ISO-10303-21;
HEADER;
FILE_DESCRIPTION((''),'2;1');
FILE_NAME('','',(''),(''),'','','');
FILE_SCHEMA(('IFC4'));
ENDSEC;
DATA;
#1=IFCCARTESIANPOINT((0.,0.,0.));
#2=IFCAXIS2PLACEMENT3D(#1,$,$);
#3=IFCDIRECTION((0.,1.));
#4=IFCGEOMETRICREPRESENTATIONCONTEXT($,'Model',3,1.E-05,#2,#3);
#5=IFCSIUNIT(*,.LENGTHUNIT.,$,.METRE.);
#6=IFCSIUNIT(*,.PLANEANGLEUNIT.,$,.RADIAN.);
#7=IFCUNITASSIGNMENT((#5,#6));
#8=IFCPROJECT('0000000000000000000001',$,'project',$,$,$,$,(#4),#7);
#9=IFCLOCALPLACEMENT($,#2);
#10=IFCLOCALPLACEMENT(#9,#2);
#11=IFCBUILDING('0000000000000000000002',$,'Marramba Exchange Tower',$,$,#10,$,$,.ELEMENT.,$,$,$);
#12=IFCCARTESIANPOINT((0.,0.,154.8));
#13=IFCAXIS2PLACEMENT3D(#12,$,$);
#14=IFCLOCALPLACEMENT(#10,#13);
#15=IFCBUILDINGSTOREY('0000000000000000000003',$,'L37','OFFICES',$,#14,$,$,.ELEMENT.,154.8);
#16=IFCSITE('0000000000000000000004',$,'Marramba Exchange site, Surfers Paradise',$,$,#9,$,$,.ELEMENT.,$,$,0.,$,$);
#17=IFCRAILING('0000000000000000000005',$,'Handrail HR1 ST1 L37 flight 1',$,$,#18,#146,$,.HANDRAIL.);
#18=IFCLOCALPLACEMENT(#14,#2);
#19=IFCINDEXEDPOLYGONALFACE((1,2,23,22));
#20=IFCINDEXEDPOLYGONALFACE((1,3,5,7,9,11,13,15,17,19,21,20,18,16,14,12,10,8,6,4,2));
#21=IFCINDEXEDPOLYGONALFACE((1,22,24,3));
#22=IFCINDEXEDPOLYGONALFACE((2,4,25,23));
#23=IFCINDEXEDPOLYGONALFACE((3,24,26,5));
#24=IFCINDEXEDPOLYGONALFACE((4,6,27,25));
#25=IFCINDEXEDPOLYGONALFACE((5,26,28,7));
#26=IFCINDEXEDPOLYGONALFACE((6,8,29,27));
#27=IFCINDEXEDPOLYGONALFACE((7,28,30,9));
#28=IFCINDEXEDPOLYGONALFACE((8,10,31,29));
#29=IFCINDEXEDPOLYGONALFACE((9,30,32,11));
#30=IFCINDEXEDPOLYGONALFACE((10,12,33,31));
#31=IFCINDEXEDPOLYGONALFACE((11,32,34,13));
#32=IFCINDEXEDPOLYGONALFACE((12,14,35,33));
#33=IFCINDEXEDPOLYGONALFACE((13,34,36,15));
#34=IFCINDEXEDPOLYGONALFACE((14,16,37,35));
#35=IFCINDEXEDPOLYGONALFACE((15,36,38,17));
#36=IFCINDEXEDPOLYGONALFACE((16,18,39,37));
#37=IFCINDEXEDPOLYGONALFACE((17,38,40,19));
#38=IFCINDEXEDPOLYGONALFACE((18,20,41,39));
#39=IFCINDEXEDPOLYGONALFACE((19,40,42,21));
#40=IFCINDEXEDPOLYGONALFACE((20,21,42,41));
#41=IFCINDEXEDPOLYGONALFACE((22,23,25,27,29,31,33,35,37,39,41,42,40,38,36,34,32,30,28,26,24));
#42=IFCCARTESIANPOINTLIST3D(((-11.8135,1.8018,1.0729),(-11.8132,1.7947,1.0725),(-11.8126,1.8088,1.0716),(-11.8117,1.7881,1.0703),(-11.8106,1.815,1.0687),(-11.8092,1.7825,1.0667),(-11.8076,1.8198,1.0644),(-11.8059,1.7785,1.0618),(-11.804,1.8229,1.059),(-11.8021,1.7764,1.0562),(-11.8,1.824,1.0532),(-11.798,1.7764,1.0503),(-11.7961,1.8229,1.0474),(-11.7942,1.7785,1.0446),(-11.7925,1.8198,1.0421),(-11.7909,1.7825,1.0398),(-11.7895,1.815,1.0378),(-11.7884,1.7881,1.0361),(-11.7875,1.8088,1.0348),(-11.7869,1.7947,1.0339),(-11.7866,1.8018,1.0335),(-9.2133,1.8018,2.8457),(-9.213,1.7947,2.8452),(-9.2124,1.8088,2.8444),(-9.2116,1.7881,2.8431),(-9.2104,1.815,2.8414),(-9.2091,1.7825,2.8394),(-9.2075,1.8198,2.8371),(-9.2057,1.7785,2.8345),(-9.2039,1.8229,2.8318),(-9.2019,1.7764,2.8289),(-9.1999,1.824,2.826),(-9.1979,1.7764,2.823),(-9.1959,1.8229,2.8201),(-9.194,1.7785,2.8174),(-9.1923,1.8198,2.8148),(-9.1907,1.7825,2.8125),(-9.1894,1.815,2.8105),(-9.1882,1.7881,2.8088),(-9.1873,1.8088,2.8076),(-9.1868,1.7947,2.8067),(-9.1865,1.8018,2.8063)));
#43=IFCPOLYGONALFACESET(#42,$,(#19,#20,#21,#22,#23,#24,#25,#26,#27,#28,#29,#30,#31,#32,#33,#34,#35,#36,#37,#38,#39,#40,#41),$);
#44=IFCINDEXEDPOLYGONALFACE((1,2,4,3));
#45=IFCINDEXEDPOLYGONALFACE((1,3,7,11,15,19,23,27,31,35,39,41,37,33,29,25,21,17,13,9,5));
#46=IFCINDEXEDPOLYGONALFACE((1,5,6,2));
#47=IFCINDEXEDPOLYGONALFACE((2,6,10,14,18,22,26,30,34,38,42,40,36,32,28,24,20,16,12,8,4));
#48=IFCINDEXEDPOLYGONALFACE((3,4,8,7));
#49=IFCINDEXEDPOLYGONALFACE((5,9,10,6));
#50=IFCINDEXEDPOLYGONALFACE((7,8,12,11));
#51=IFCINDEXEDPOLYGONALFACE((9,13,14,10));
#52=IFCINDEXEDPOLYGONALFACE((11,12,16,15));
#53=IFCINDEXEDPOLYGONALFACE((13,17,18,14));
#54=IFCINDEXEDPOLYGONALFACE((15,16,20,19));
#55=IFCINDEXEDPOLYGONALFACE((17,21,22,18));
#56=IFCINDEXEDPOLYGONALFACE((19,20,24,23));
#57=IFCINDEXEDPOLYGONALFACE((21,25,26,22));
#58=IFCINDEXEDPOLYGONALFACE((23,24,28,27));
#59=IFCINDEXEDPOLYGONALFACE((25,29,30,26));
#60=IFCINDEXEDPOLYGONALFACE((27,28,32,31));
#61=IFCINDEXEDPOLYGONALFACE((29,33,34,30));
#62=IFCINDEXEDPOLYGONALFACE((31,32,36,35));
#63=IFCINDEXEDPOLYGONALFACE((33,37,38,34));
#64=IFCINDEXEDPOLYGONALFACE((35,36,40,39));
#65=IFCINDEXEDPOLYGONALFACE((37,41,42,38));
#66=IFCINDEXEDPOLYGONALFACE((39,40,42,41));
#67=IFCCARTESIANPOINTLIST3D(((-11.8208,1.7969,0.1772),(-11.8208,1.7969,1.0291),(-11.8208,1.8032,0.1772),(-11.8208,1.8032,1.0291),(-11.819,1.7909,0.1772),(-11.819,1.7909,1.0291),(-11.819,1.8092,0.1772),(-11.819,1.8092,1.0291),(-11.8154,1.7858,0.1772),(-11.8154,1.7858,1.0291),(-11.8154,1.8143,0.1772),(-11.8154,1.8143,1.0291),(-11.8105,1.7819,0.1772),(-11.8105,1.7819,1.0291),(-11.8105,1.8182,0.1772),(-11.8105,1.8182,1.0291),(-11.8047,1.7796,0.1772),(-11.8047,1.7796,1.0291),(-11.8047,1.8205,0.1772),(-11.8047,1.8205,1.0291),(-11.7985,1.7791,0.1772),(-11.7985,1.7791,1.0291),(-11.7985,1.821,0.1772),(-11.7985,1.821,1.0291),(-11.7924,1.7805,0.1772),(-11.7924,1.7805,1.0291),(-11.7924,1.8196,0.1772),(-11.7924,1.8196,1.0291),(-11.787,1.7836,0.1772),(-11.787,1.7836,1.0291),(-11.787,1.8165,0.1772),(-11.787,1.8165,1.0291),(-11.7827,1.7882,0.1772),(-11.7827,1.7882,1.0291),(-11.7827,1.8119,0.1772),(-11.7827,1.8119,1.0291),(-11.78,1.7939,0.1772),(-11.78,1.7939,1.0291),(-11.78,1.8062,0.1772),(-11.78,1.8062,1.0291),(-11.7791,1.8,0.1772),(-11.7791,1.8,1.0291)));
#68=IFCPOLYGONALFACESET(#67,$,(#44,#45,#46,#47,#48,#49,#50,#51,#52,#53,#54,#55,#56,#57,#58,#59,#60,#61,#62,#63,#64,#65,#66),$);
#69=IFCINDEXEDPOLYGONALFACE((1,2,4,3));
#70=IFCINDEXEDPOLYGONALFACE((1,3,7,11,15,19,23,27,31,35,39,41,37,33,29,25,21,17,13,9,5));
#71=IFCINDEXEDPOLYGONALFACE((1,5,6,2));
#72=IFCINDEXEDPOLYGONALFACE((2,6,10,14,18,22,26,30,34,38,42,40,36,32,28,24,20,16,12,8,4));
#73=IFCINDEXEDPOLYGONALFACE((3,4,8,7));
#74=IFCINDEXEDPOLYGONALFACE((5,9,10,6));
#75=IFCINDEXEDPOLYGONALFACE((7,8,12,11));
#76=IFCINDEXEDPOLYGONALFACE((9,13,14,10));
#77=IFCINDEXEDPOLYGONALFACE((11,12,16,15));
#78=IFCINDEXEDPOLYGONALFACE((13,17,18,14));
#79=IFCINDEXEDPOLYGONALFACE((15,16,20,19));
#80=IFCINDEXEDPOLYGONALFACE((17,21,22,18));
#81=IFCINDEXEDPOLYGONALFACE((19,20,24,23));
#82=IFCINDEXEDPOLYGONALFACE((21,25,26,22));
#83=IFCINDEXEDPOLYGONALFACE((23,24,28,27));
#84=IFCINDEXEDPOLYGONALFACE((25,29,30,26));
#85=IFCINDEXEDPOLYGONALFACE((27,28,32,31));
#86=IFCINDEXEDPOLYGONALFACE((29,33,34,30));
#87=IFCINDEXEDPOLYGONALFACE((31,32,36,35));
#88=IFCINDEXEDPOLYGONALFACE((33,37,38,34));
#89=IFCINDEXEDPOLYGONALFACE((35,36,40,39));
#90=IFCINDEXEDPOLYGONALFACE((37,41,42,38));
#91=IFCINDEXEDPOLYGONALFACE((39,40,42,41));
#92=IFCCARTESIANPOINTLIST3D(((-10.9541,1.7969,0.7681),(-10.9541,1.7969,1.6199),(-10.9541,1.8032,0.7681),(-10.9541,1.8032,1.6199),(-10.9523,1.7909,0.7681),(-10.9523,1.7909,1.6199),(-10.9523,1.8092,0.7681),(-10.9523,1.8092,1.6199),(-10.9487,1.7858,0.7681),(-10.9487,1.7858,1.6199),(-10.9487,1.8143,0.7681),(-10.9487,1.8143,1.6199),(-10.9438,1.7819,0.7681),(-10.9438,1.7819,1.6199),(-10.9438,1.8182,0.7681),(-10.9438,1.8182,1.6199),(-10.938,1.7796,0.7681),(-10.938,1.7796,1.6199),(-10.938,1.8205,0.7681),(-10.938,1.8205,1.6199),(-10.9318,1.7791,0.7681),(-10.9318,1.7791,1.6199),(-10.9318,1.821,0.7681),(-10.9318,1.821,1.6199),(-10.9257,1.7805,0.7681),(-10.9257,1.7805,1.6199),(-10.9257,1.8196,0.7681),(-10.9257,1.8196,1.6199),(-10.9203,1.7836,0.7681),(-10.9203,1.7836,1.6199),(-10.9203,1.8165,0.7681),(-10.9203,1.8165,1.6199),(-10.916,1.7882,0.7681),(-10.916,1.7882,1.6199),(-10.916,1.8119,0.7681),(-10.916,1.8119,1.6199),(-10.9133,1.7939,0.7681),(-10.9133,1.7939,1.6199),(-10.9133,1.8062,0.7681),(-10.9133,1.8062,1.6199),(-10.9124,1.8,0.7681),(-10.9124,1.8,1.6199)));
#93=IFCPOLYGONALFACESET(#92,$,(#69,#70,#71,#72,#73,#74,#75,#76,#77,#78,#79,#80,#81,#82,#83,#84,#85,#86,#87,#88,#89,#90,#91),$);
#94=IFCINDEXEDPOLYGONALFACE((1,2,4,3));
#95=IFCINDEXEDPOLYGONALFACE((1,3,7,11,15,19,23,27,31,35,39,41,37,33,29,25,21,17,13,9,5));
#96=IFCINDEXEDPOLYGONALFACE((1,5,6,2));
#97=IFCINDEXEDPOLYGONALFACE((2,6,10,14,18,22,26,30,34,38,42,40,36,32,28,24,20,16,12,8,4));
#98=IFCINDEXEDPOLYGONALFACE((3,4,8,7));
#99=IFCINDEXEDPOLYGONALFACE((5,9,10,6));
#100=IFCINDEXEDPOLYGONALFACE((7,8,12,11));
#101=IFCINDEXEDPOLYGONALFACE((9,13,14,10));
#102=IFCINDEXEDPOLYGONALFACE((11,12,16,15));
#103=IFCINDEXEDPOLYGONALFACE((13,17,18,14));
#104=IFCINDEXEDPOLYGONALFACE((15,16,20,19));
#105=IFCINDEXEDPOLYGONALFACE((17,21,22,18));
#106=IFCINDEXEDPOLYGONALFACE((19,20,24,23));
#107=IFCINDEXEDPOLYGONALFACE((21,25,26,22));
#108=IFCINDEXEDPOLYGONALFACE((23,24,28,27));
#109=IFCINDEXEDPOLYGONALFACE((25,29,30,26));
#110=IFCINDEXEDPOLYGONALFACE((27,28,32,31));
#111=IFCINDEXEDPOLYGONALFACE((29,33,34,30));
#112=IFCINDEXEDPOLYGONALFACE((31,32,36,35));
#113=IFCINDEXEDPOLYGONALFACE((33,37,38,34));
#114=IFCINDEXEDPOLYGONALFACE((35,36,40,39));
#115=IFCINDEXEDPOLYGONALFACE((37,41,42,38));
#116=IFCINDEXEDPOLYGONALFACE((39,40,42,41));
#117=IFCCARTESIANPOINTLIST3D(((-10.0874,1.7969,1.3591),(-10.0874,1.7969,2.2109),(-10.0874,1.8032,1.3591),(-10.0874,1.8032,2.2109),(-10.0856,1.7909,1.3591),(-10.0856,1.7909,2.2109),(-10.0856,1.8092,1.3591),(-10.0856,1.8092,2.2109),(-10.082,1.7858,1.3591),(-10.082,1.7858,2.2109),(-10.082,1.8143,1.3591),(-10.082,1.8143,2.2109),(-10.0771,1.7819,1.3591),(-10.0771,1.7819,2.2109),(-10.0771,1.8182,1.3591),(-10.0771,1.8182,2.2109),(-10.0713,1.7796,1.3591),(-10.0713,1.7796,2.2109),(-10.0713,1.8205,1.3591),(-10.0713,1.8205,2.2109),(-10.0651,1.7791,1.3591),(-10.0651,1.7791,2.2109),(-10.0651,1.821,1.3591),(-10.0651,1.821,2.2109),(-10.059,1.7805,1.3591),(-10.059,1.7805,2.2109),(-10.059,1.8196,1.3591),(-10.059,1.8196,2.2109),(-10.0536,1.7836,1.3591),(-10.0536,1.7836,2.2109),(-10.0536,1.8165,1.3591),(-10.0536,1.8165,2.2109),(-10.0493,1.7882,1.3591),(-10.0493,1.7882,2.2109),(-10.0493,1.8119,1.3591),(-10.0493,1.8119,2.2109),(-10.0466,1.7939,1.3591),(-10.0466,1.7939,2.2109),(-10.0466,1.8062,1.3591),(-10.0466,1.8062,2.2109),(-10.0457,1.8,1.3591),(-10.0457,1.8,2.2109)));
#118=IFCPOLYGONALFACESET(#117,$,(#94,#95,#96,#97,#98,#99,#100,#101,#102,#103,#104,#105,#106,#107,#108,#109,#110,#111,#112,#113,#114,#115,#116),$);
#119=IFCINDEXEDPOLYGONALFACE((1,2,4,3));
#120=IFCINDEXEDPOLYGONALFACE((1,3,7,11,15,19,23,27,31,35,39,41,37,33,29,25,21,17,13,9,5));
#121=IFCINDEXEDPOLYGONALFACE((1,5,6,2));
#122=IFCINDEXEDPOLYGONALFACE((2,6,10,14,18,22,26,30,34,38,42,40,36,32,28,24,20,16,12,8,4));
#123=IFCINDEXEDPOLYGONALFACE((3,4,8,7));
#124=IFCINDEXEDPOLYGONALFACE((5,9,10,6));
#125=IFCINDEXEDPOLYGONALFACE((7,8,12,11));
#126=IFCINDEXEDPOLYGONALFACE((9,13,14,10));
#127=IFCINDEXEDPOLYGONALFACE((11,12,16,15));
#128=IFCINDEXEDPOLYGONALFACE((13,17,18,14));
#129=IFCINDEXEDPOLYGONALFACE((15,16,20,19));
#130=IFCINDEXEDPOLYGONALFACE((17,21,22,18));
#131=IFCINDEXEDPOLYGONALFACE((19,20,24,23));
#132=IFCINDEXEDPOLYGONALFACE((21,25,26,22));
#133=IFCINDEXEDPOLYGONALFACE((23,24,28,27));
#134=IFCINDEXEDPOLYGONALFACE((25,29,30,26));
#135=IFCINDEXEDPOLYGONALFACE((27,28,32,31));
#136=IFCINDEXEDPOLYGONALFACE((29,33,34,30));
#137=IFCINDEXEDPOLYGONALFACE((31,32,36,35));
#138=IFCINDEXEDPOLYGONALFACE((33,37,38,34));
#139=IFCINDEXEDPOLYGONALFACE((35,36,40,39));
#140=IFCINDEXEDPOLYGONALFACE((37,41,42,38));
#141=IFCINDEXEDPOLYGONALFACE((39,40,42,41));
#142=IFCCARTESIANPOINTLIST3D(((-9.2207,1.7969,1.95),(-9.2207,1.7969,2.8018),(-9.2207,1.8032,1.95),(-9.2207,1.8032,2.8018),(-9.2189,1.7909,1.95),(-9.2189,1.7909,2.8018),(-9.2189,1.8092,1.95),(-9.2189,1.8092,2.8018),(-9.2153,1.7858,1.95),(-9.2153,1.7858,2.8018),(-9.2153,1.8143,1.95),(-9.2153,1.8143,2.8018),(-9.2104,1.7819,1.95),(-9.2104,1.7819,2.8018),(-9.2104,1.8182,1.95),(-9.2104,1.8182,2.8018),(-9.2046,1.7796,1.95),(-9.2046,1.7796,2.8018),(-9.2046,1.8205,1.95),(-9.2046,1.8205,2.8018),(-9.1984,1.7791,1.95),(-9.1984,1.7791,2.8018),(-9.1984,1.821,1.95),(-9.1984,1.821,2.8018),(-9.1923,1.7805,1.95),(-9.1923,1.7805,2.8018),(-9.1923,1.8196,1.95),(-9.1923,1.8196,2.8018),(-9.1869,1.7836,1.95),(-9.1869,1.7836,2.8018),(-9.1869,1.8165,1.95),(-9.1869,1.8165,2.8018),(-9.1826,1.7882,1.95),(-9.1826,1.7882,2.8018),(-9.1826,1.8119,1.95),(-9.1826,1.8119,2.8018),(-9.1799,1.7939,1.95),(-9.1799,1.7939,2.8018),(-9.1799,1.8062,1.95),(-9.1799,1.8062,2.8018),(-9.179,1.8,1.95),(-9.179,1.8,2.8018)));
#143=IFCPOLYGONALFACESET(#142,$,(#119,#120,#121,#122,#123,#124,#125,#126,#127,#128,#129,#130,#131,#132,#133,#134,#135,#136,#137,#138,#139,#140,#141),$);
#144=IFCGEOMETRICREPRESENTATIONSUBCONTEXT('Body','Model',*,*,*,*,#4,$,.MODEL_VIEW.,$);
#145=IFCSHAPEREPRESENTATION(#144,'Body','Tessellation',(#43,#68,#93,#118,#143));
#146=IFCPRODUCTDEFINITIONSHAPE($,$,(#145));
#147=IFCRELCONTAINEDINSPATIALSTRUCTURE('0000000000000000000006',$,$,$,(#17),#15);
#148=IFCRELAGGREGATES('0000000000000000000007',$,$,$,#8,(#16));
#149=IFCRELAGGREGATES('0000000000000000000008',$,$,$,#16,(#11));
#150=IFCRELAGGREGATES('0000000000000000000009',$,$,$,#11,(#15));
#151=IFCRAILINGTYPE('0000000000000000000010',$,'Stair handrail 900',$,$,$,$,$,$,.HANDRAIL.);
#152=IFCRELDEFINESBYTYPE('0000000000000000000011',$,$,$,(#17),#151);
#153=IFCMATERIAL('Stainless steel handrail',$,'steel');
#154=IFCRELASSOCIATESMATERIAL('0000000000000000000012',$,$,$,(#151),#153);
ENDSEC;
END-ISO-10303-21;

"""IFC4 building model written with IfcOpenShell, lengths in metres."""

from ifc_helpers import new_model, si_unit, direction, frame, origin, origin_2d, place, context, subcontext, project, spatial, circle, extrude, material, type_object, element, save


model = new_model("IFC4")

# Units and contexts
model_context = context("Model", 3, precision=1e-05, world=origin(), true_north=direction((0.0, 1.0)))
body_context = subcontext(model_context, "Body", "Model", "MODEL_VIEW")
ifc_project = project(units=[si_unit("LENGTHUNIT", "METRE"), si_unit("PLANEANGLEUNIT", "RADIAN")], contexts=[model_context])

# Site, building, storey
site_placement = place(None, origin())
site = spatial("IfcSite", under=ifc_project, at=site_placement, Name="Marramba Exchange site, Surfers Paradise", CompositionType="ELEMENT", RefElevation=0.0)
building_placement = place(site_placement, origin())
building = spatial("IfcBuilding", under=site, at=building_placement, Name="Marramba Exchange Tower", CompositionType="ELEMENT")
storey_placement = place(building_placement, frame((0.0, 0.0, 154.8)))
storey = spatial("IfcBuildingStorey", under=building, at=storey_placement, Name="L37", Description="OFFICES", CompositionType="ELEMENT", Elevation=154.8)

# Railing
ifc_material_1 = material(Name="Stainless steel handrail", Category="steel")
railing_type = type_object("IfcRailingType", Name="Stair handrail 900", PredefinedType="HANDRAIL", material=ifc_material_1)
railing_1_placement = place(storey_placement, frame((-11.8, 1.8, 0.1772)))
element("IfcRailing", 1, at=railing_1_placement, inside=storey, type_object=railing_type, Name="Handrail HR1 ST1 L37 flight 1", PredefinedType="HANDRAIL", context=body_context, shape_type="SweptSolid", body=[
    extrude(circle(Radius=0.0239, at=origin_2d()), frame((0.0, 0.0, 0.876), z_axis=(0.82624, 0.0, 0.563318), x_axis=(0.0, 1.0, 0.0)), (0.0, 0.0, 1.0), 3.147),
    extrude(circle(Radius=0.021, at=origin_2d()), origin(), (0.0, 0.0, 1.0), 0.8518),
    extrude(circle(Radius=0.021, at=origin_2d()), frame((0.8667, 0.0, 0.5908)), (0.0, 0.0, 1.0), 0.8518),
    extrude(circle(Radius=0.021, at=origin_2d()), frame((1.7334, 0.0, 1.1819)), (0.0, 0.0, 1.0), 0.8518),
    extrude(circle(Radius=0.021, at=origin_2d()), frame((2.6001, 0.0, 1.7727)), (0.0, 0.0, 1.0), 0.8518),
])

save(model, "model.ifc")
